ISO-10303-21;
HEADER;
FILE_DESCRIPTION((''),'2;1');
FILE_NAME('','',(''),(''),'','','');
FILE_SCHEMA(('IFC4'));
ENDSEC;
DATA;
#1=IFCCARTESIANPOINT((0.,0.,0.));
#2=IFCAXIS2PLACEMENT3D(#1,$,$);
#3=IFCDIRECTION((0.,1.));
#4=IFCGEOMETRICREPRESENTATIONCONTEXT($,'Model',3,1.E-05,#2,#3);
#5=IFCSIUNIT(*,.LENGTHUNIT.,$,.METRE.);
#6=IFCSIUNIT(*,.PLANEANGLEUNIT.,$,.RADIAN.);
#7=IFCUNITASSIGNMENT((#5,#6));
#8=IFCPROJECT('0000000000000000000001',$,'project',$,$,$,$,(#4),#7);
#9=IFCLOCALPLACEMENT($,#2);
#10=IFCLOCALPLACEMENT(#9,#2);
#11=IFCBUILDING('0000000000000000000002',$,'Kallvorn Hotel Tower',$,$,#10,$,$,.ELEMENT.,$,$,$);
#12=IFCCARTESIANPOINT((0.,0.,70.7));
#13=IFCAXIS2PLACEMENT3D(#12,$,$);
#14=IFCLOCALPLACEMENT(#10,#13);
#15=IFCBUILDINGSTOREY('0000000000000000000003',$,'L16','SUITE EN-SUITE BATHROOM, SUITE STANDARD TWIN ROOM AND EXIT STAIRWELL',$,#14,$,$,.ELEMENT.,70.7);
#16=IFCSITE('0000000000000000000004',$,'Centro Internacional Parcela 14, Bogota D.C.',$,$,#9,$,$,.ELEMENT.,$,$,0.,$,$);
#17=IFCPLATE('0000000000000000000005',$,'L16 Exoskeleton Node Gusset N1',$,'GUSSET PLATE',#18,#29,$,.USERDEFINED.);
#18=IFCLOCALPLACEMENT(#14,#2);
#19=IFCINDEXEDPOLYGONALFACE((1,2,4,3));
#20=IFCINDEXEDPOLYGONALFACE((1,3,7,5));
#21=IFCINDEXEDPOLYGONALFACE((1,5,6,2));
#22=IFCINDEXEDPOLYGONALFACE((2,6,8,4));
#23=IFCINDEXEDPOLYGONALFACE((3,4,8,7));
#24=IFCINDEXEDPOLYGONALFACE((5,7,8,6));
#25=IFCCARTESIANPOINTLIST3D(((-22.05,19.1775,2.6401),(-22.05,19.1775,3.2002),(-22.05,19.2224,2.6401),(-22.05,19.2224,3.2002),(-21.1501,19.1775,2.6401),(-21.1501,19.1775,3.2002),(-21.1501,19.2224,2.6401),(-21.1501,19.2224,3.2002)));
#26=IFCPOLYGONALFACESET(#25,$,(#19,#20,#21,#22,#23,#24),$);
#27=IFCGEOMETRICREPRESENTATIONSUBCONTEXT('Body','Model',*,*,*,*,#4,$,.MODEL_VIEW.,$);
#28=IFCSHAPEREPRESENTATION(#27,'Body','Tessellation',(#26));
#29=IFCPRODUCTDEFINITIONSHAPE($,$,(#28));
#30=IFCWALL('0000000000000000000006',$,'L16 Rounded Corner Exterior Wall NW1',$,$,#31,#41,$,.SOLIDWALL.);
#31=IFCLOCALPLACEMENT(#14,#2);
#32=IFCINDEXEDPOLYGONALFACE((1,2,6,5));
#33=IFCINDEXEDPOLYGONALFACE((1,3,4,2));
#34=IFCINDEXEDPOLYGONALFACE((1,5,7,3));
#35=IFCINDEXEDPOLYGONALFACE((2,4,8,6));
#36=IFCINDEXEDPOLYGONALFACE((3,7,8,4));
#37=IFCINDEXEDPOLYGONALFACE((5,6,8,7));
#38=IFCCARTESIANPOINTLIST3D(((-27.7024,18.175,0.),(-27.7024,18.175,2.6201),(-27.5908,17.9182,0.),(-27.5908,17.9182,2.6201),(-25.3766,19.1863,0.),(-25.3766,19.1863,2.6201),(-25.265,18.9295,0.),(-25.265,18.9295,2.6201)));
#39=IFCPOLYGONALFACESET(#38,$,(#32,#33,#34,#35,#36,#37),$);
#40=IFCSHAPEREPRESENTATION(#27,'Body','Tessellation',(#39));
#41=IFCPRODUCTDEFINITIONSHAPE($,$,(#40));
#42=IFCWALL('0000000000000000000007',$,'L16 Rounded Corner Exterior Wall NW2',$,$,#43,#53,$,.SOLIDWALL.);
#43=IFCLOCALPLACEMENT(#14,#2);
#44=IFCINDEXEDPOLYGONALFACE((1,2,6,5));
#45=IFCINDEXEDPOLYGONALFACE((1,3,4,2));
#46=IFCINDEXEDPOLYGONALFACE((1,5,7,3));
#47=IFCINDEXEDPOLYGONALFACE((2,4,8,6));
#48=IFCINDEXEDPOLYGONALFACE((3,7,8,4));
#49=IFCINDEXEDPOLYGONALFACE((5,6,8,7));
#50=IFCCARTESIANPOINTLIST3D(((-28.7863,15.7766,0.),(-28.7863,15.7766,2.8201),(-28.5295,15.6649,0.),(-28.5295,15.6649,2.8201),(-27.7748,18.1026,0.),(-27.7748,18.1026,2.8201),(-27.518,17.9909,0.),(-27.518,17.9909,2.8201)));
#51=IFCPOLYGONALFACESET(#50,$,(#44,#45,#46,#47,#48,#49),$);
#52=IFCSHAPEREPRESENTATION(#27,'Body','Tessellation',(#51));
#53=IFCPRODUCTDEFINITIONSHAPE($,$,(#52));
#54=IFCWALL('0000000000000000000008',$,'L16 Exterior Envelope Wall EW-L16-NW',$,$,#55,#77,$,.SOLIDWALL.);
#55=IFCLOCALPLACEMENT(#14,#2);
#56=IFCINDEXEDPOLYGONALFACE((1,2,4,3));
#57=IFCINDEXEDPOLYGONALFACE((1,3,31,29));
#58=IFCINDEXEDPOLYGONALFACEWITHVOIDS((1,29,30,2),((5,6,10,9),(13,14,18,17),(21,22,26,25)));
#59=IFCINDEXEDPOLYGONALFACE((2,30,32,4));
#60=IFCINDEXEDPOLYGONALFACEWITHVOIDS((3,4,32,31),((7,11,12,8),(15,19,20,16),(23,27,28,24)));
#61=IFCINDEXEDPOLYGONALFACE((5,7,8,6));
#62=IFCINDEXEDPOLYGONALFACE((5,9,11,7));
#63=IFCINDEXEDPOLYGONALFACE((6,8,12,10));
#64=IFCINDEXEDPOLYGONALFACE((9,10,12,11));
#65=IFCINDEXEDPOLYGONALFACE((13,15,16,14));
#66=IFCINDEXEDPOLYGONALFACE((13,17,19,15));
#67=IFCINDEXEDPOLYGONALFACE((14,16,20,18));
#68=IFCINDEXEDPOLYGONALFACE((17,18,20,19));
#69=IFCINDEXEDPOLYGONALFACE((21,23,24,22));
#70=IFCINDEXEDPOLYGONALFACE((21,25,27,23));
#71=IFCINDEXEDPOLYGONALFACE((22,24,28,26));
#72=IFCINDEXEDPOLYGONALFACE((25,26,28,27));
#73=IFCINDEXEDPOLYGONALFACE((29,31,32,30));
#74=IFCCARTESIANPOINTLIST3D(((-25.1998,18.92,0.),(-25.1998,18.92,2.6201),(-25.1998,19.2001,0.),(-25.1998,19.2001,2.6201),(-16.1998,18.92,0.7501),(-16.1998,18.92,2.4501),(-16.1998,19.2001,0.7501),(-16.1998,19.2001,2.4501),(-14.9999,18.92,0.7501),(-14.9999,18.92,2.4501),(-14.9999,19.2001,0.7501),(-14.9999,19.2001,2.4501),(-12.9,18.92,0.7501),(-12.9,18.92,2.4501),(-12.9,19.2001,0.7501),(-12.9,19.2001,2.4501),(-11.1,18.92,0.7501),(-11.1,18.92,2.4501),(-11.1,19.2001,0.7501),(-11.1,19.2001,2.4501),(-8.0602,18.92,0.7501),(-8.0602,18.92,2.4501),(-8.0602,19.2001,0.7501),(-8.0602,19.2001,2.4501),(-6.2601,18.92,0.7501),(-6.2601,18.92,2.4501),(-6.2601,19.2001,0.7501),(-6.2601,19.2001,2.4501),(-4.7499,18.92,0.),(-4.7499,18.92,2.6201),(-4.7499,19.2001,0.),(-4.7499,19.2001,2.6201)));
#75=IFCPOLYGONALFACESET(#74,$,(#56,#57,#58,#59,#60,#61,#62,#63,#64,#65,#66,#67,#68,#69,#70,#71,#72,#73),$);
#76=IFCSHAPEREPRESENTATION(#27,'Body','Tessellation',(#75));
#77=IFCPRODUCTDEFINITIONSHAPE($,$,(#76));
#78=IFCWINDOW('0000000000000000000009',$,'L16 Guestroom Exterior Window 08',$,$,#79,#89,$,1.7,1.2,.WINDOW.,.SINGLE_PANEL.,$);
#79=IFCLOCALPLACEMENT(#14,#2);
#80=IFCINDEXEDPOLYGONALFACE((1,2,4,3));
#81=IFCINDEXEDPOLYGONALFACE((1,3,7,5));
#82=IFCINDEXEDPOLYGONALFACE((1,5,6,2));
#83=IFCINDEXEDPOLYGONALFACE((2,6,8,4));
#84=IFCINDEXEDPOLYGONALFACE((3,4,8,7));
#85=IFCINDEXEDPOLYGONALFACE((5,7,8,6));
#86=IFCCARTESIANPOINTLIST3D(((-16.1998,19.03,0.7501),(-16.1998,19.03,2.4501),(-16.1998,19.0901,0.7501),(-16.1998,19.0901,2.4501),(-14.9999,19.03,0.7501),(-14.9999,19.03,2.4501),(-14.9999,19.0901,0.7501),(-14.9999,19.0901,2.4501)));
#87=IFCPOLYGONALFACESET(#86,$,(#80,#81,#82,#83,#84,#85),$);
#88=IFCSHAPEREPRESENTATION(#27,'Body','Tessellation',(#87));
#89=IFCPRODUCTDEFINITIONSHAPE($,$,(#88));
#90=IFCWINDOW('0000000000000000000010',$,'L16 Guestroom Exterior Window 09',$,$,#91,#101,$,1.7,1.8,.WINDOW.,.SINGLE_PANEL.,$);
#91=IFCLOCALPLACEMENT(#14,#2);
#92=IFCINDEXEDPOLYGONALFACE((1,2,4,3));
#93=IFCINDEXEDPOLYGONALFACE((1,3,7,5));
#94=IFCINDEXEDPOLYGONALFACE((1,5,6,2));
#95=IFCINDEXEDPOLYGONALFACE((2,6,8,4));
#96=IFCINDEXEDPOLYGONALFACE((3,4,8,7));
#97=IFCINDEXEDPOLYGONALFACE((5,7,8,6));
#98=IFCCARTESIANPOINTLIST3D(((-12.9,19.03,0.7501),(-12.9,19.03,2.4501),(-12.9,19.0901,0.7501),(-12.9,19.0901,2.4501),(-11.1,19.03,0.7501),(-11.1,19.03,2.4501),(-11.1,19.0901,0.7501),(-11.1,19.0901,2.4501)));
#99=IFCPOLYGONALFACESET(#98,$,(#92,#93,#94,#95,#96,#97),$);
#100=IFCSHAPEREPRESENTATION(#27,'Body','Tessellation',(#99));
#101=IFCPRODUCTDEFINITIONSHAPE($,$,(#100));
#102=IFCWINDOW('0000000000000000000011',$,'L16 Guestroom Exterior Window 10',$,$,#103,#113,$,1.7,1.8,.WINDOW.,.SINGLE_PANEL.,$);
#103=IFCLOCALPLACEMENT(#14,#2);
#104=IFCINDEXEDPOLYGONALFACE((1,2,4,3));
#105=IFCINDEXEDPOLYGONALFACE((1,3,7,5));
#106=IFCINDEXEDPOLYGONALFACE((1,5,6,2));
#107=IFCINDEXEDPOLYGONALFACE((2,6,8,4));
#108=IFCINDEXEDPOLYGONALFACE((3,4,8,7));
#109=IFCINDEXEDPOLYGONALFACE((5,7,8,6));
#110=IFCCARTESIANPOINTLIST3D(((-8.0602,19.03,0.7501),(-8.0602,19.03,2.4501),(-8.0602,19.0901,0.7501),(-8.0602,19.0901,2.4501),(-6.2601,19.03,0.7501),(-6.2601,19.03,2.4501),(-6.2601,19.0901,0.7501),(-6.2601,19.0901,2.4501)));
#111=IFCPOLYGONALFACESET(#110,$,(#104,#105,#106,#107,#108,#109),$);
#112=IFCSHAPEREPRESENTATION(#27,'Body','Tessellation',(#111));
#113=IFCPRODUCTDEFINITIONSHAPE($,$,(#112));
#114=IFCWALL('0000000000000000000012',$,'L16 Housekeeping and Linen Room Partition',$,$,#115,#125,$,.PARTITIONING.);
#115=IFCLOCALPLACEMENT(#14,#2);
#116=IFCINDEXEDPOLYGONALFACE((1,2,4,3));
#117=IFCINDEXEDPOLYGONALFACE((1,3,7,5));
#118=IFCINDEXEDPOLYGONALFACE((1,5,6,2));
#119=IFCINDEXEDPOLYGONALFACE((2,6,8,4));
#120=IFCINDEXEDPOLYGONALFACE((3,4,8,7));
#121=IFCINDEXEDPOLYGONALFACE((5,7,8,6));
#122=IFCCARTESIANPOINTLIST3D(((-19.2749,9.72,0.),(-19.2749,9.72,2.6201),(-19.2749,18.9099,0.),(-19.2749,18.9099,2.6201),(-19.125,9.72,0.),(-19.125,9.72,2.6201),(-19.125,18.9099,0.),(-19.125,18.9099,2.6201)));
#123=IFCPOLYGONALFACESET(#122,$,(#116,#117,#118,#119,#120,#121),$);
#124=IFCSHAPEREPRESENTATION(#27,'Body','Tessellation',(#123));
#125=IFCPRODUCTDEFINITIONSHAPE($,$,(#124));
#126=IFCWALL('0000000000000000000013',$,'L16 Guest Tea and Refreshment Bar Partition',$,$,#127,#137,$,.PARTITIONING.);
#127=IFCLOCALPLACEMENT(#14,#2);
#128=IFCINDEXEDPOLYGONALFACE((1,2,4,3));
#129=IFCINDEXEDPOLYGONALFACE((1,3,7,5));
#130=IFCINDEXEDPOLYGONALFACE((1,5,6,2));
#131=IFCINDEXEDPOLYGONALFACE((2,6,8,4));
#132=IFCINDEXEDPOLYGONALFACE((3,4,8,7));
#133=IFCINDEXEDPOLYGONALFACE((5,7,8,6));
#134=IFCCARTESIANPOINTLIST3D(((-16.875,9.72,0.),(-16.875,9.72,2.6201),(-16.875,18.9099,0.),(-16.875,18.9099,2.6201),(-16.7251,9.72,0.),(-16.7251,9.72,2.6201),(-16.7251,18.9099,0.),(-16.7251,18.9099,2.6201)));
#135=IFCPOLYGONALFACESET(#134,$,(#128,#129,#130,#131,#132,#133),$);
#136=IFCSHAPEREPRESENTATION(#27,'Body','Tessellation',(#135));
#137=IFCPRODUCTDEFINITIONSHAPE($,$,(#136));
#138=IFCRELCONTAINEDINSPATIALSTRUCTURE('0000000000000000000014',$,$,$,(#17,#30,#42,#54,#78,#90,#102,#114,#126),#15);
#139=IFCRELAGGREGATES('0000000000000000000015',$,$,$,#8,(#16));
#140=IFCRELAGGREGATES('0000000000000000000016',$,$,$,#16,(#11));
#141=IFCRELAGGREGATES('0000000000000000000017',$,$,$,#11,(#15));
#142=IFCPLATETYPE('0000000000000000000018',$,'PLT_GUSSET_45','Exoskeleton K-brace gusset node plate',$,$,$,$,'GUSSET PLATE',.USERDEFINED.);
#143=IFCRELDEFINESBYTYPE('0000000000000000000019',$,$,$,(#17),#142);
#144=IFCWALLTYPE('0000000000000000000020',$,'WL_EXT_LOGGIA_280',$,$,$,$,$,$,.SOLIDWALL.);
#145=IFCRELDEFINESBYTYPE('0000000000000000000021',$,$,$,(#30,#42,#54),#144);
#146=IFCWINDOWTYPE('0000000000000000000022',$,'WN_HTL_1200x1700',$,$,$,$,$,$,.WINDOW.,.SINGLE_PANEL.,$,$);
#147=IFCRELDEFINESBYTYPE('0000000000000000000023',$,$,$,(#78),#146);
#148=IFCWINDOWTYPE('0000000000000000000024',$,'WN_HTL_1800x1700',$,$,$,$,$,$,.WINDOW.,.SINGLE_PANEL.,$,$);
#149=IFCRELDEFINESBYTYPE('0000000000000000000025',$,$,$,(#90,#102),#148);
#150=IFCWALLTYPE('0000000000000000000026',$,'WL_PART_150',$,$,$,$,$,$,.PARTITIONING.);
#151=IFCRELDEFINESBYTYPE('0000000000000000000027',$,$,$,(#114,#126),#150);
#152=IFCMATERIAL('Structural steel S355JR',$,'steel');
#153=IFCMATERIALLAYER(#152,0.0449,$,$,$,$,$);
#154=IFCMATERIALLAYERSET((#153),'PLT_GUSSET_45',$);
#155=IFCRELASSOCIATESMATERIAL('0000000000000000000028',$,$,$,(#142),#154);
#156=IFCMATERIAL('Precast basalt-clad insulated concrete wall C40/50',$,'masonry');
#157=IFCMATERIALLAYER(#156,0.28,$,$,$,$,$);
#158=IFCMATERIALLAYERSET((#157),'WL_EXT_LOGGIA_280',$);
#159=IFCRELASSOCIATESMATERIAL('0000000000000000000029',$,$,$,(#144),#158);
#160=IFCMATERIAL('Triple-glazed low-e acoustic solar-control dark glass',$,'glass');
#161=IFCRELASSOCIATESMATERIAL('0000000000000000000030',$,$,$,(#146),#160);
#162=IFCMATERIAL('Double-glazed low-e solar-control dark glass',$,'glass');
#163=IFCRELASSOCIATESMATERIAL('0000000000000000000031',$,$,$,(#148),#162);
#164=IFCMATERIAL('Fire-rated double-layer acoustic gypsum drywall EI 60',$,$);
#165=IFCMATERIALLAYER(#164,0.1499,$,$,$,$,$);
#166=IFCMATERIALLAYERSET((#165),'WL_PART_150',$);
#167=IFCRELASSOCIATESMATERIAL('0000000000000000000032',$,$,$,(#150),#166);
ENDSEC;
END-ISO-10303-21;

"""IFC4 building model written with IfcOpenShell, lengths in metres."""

from ifc_helpers import new_model, si_unit, direction, frame, frame_2d, origin, origin_2d, place, context, subcontext, project, spatial, rectangle, extrude, material, layer, layer_set, type_object, element, fill, save


model = new_model("IFC4")

# Units and contexts
model_context = context("Model", 3, precision=1e-05, world=origin(), true_north=direction((0.0, 1.0)))
body_context = subcontext(model_context, "Body", "Model", "MODEL_VIEW")
ifc_project = project(units=[si_unit("LENGTHUNIT", "METRE"), si_unit("PLANEANGLEUNIT", "RADIAN")], contexts=[model_context])

# Site, building, storey
site_placement = place(None, origin())
site = spatial("IfcSite", under=ifc_project, at=site_placement, Name="Centro Internacional Parcela 14, Bogota D.C.", CompositionType="ELEMENT", RefElevation=0.0)
building_placement = place(site_placement, origin())
building = spatial("IfcBuilding", under=site, at=building_placement, Name="Kallvorn Hotel Tower", CompositionType="ELEMENT")
storey_placement = place(building_placement, frame((0.0, 0.0, 70.7)))
storey = spatial("IfcBuildingStorey", under=building, at=storey_placement, Name="L16", Description="SUITE EN-SUITE BATHROOM, SUITE STANDARD TWIN ROOM AND EXIT STAIRWELL", CompositionType="ELEMENT", Elevation=70.7)

# Plate
ifc_material_1 = material(Name="Structural steel S355JR", Category="steel")
ifc_layer_1 = layer(ifc_material_1, 0.0449)
ifc_layer_set_1 = layer_set([ifc_layer_1], Name="PLT_GUSSET_45")
plate_type_1 = type_object("IfcPlateType", Name="PLT_GUSSET_45", Description="Exoskeleton K-brace gusset node plate", ElementType="GUSSET PLATE", PredefinedType="USERDEFINED", material=ifc_layer_set_1)
plate_1_placement = place(storey_placement, frame((-21.6001, 19.2, 2.6401), z_axis=(0.0, 0.0, 1.0), x_axis=(1.0, 0.0, 0.0)))
element("IfcPlate", 1, at=plate_1_placement, inside=storey, type_object=plate_type_1, Name="L16 Exoskeleton Node Gusset N1", ObjectType="GUSSET PLATE", PredefinedType="USERDEFINED", context=body_context, shape_type="SweptSolid", body=[
    extrude(rectangle(XDim=0.8999, YDim=0.0449, at=origin_2d()), origin(), (0.0, 0.0, 1.0), 0.5601),
])

# Walls
ifc_material_2 = material(Name="Precast basalt-clad insulated concrete wall C40/50", Category="masonry")
ifc_layer_2 = layer(ifc_material_2, 0.28)
ifc_layer_set_2 = layer_set([ifc_layer_2], Name="WL_EXT_LOGGIA_280")
wall_type_1 = type_object("IfcWallType", Name="WL_EXT_LOGGIA_280", PredefinedType="SOLIDWALL", material=ifc_layer_set_2)
wall_1_placement = place(storey_placement, frame((-25.3208, 19.0579, 0.0), z_axis=(0.0, 0.0, 1.0), x_axis=(-0.917061, -0.398747, 0.0)))
element("IfcWall", 2, at=wall_1_placement, inside=storey, type_object=wall_type_1, Name="L16 Rounded Corner Exterior Wall NW1", PredefinedType="SOLIDWALL", context=body_context, shape_type="SweptSolid", body=[
    extrude(rectangle(XDim=2.5361, YDim=0.28, at=frame_2d((1.2681, 0.0))), origin(), (0.0, 0.0, 1.0), 2.6201),
])
wall_2_placement = place(storey_placement, frame((-27.6465, 18.0466, 0.0), z_axis=(0.0, 0.0, 1.0), x_axis=(-0.398793, -0.917041, 0.0)))
element("IfcWall", 3, at=wall_2_placement, inside=storey, type_object=wall_type_1, Name="L16 Rounded Corner Exterior Wall NW2", PredefinedType="SOLIDWALL", context=body_context, shape_type="SweptSolid", body=[
    extrude(rectangle(XDim=2.5364, YDim=0.28, at=frame_2d((1.2681, 0.0))), origin(), (0.0, 0.0, 1.0), 2.8201),
])

# Wall, openings, windows
wall_3_placement = place(storey_placement, frame((-25.2, 19.0601, 0.0), z_axis=(0.0, 0.0, 1.0), x_axis=(1.0, 0.0, 0.0)))
wall_3 = element("IfcWall", 4, at=wall_3_placement, inside=storey, type_object=wall_type_1, Name="L16 Exterior Envelope Wall EW-L16-NW", PredefinedType="SOLIDWALL", context=body_context, shape_type="SweptSolid", body=[
    extrude(rectangle(XDim=20.45, YDim=0.28, at=frame_2d((10.2251, 0.0))), origin(), (0.0, 0.0, 1.0), 2.6201),
])
opening_1_placement = place(wall_3_placement, frame((9.0, 0.0, 0.75)))
opening_1 = element("IfcOpeningElement", 5, at=opening_1_placement, cuts=wall_3, PredefinedType="OPENING", context=body_context, shape_type="SweptSolid", body=[
    extrude(rectangle(XDim=1.2, YDim=1.7, at=frame_2d((0.6001, 0.8501))), frame((0.0, 0.155, 0.0), z_axis=(0.0, -1.0, 0.0), x_axis=(1.0, 0.0, 0.0)), (0.0, 0.0, 1.0), 0.3101),
])
opening_2_placement = place(wall_3_placement, frame((12.3, 0.0, 0.75)))
opening_2 = element("IfcOpeningElement", 6, at=opening_2_placement, cuts=wall_3, PredefinedType="OPENING", context=body_context, shape_type="SweptSolid", body=[
    extrude(rectangle(XDim=1.8, YDim=1.7, at=frame_2d((0.8999, 0.8501))), frame((0.0, 0.155, 0.0), z_axis=(0.0, -1.0, 0.0), x_axis=(1.0, 0.0, 0.0)), (0.0, 0.0, 1.0), 0.3101),
])
opening_3_placement = place(wall_3_placement, frame((17.1399, 0.0, 0.75)))
opening_3 = element("IfcOpeningElement", 7, at=opening_3_placement, cuts=wall_3, PredefinedType="OPENING", context=body_context, shape_type="SweptSolid", body=[
    extrude(rectangle(XDim=1.8, YDim=1.7, at=frame_2d((0.8999, 0.8501))), frame((0.0, 0.155, 0.0), z_axis=(0.0, -1.0, 0.0), x_axis=(1.0, 0.0, 0.0)), (0.0, 0.0, 1.0), 0.3101),
])
ifc_material_3 = material(Name="Triple-glazed low-e acoustic solar-control dark glass", Category="glass")
window_type_1 = type_object("IfcWindowType", Name="WN_HTL_1200x1700", PartitioningType="SINGLE_PANEL", PredefinedType="WINDOW", material=ifc_material_3)
window_1_placement = place(opening_1_placement, origin())
window_1 = element("IfcWindow", 8, at=window_1_placement, inside=storey, type_object=window_type_1, Name="L16 Guestroom Exterior Window 08", OverallHeight=1.7, OverallWidth=1.2, PartitioningType="SINGLE_PANEL", PredefinedType="WINDOW", context=body_context, shape_type="SweptSolid", body=[
    extrude(rectangle(XDim=1.2, YDim=1.7, at=frame_2d((0.6001, 0.8501))), frame((0.0, 0.03, 0.0), z_axis=(0.0, -1.0, 0.0), x_axis=(1.0, 0.0, 0.0)), (0.0, 0.0, 1.0), 0.0601),
])
fill(opening_1, window_1)
ifc_material_4 = material(Name="Double-glazed low-e solar-control dark glass", Category="glass")
window_type_2 = type_object("IfcWindowType", Name="WN_HTL_1800x1700", PartitioningType="SINGLE_PANEL", PredefinedType="WINDOW", material=ifc_material_4)
window_2_placement = place(opening_2_placement, origin())
window_2 = element("IfcWindow", 9, at=window_2_placement, inside=storey, type_object=window_type_2, Name="L16 Guestroom Exterior Window 09", OverallHeight=1.7, OverallWidth=1.8, PartitioningType="SINGLE_PANEL", PredefinedType="WINDOW", context=body_context, shape_type="SweptSolid", body=[
    extrude(rectangle(XDim=1.8, YDim=1.7, at=frame_2d((0.8999, 0.8501))), frame((0.0, 0.03, 0.0), z_axis=(0.0, -1.0, 0.0), x_axis=(1.0, 0.0, 0.0)), (0.0, 0.0, 1.0), 0.0601),
])
fill(opening_2, window_2)
window_3_placement = place(opening_3_placement, origin())
window_3 = element("IfcWindow", 10, at=window_3_placement, inside=storey, type_object=window_type_2, Name="L16 Guestroom Exterior Window 10", OverallHeight=1.7, OverallWidth=1.8, PartitioningType="SINGLE_PANEL", PredefinedType="WINDOW", context=body_context, shape_type="SweptSolid", body=[
    extrude(rectangle(XDim=1.8, YDim=1.7, at=frame_2d((0.8999, 0.8501))), frame((0.0, 0.03, 0.0), z_axis=(0.0, -1.0, 0.0), x_axis=(1.0, 0.0, 0.0)), (0.0, 0.0, 1.0), 0.0601),
])
fill(opening_3, window_3)

# Walls
ifc_material_5 = material(Name="Fire-rated double-layer acoustic gypsum drywall EI 60")
ifc_layer_3 = layer(ifc_material_5, 0.1499)
ifc_layer_set_3 = layer_set([ifc_layer_3], Name="WL_PART_150")
wall_type_2 = type_object("IfcWallType", Name="WL_PART_150", PredefinedType="PARTITIONING", material=ifc_layer_set_3)
for number, where, z_axis, x_axis, name in (
    (11, (-19.2, 9.72, 0.0), (0.0, 0.0, 1.0), (0.0, 1.0, 0.0), "L16 Housekeeping and Linen Room Partition"),
    (12, (-16.8, 9.72, 0.0), (0.0, 0.0, 1.0), (0.0, 1.0, 0.0), "L16 Guest Tea and Refreshment Bar Partition"),
):
    element("IfcWall", number, at=place(storey_placement, frame(where, z_axis=z_axis, x_axis=x_axis)), inside=storey, type_object=wall_type_2, Name=name, PredefinedType="PARTITIONING", context=body_context, shape_type="SweptSolid", body=[
        extrude(rectangle(XDim=9.1899, YDim=0.1499, at=frame_2d((4.595, 0.0))), origin(), (0.0, 0.0, 1.0), 2.6201),
    ])

save(model, "model.ifc")
